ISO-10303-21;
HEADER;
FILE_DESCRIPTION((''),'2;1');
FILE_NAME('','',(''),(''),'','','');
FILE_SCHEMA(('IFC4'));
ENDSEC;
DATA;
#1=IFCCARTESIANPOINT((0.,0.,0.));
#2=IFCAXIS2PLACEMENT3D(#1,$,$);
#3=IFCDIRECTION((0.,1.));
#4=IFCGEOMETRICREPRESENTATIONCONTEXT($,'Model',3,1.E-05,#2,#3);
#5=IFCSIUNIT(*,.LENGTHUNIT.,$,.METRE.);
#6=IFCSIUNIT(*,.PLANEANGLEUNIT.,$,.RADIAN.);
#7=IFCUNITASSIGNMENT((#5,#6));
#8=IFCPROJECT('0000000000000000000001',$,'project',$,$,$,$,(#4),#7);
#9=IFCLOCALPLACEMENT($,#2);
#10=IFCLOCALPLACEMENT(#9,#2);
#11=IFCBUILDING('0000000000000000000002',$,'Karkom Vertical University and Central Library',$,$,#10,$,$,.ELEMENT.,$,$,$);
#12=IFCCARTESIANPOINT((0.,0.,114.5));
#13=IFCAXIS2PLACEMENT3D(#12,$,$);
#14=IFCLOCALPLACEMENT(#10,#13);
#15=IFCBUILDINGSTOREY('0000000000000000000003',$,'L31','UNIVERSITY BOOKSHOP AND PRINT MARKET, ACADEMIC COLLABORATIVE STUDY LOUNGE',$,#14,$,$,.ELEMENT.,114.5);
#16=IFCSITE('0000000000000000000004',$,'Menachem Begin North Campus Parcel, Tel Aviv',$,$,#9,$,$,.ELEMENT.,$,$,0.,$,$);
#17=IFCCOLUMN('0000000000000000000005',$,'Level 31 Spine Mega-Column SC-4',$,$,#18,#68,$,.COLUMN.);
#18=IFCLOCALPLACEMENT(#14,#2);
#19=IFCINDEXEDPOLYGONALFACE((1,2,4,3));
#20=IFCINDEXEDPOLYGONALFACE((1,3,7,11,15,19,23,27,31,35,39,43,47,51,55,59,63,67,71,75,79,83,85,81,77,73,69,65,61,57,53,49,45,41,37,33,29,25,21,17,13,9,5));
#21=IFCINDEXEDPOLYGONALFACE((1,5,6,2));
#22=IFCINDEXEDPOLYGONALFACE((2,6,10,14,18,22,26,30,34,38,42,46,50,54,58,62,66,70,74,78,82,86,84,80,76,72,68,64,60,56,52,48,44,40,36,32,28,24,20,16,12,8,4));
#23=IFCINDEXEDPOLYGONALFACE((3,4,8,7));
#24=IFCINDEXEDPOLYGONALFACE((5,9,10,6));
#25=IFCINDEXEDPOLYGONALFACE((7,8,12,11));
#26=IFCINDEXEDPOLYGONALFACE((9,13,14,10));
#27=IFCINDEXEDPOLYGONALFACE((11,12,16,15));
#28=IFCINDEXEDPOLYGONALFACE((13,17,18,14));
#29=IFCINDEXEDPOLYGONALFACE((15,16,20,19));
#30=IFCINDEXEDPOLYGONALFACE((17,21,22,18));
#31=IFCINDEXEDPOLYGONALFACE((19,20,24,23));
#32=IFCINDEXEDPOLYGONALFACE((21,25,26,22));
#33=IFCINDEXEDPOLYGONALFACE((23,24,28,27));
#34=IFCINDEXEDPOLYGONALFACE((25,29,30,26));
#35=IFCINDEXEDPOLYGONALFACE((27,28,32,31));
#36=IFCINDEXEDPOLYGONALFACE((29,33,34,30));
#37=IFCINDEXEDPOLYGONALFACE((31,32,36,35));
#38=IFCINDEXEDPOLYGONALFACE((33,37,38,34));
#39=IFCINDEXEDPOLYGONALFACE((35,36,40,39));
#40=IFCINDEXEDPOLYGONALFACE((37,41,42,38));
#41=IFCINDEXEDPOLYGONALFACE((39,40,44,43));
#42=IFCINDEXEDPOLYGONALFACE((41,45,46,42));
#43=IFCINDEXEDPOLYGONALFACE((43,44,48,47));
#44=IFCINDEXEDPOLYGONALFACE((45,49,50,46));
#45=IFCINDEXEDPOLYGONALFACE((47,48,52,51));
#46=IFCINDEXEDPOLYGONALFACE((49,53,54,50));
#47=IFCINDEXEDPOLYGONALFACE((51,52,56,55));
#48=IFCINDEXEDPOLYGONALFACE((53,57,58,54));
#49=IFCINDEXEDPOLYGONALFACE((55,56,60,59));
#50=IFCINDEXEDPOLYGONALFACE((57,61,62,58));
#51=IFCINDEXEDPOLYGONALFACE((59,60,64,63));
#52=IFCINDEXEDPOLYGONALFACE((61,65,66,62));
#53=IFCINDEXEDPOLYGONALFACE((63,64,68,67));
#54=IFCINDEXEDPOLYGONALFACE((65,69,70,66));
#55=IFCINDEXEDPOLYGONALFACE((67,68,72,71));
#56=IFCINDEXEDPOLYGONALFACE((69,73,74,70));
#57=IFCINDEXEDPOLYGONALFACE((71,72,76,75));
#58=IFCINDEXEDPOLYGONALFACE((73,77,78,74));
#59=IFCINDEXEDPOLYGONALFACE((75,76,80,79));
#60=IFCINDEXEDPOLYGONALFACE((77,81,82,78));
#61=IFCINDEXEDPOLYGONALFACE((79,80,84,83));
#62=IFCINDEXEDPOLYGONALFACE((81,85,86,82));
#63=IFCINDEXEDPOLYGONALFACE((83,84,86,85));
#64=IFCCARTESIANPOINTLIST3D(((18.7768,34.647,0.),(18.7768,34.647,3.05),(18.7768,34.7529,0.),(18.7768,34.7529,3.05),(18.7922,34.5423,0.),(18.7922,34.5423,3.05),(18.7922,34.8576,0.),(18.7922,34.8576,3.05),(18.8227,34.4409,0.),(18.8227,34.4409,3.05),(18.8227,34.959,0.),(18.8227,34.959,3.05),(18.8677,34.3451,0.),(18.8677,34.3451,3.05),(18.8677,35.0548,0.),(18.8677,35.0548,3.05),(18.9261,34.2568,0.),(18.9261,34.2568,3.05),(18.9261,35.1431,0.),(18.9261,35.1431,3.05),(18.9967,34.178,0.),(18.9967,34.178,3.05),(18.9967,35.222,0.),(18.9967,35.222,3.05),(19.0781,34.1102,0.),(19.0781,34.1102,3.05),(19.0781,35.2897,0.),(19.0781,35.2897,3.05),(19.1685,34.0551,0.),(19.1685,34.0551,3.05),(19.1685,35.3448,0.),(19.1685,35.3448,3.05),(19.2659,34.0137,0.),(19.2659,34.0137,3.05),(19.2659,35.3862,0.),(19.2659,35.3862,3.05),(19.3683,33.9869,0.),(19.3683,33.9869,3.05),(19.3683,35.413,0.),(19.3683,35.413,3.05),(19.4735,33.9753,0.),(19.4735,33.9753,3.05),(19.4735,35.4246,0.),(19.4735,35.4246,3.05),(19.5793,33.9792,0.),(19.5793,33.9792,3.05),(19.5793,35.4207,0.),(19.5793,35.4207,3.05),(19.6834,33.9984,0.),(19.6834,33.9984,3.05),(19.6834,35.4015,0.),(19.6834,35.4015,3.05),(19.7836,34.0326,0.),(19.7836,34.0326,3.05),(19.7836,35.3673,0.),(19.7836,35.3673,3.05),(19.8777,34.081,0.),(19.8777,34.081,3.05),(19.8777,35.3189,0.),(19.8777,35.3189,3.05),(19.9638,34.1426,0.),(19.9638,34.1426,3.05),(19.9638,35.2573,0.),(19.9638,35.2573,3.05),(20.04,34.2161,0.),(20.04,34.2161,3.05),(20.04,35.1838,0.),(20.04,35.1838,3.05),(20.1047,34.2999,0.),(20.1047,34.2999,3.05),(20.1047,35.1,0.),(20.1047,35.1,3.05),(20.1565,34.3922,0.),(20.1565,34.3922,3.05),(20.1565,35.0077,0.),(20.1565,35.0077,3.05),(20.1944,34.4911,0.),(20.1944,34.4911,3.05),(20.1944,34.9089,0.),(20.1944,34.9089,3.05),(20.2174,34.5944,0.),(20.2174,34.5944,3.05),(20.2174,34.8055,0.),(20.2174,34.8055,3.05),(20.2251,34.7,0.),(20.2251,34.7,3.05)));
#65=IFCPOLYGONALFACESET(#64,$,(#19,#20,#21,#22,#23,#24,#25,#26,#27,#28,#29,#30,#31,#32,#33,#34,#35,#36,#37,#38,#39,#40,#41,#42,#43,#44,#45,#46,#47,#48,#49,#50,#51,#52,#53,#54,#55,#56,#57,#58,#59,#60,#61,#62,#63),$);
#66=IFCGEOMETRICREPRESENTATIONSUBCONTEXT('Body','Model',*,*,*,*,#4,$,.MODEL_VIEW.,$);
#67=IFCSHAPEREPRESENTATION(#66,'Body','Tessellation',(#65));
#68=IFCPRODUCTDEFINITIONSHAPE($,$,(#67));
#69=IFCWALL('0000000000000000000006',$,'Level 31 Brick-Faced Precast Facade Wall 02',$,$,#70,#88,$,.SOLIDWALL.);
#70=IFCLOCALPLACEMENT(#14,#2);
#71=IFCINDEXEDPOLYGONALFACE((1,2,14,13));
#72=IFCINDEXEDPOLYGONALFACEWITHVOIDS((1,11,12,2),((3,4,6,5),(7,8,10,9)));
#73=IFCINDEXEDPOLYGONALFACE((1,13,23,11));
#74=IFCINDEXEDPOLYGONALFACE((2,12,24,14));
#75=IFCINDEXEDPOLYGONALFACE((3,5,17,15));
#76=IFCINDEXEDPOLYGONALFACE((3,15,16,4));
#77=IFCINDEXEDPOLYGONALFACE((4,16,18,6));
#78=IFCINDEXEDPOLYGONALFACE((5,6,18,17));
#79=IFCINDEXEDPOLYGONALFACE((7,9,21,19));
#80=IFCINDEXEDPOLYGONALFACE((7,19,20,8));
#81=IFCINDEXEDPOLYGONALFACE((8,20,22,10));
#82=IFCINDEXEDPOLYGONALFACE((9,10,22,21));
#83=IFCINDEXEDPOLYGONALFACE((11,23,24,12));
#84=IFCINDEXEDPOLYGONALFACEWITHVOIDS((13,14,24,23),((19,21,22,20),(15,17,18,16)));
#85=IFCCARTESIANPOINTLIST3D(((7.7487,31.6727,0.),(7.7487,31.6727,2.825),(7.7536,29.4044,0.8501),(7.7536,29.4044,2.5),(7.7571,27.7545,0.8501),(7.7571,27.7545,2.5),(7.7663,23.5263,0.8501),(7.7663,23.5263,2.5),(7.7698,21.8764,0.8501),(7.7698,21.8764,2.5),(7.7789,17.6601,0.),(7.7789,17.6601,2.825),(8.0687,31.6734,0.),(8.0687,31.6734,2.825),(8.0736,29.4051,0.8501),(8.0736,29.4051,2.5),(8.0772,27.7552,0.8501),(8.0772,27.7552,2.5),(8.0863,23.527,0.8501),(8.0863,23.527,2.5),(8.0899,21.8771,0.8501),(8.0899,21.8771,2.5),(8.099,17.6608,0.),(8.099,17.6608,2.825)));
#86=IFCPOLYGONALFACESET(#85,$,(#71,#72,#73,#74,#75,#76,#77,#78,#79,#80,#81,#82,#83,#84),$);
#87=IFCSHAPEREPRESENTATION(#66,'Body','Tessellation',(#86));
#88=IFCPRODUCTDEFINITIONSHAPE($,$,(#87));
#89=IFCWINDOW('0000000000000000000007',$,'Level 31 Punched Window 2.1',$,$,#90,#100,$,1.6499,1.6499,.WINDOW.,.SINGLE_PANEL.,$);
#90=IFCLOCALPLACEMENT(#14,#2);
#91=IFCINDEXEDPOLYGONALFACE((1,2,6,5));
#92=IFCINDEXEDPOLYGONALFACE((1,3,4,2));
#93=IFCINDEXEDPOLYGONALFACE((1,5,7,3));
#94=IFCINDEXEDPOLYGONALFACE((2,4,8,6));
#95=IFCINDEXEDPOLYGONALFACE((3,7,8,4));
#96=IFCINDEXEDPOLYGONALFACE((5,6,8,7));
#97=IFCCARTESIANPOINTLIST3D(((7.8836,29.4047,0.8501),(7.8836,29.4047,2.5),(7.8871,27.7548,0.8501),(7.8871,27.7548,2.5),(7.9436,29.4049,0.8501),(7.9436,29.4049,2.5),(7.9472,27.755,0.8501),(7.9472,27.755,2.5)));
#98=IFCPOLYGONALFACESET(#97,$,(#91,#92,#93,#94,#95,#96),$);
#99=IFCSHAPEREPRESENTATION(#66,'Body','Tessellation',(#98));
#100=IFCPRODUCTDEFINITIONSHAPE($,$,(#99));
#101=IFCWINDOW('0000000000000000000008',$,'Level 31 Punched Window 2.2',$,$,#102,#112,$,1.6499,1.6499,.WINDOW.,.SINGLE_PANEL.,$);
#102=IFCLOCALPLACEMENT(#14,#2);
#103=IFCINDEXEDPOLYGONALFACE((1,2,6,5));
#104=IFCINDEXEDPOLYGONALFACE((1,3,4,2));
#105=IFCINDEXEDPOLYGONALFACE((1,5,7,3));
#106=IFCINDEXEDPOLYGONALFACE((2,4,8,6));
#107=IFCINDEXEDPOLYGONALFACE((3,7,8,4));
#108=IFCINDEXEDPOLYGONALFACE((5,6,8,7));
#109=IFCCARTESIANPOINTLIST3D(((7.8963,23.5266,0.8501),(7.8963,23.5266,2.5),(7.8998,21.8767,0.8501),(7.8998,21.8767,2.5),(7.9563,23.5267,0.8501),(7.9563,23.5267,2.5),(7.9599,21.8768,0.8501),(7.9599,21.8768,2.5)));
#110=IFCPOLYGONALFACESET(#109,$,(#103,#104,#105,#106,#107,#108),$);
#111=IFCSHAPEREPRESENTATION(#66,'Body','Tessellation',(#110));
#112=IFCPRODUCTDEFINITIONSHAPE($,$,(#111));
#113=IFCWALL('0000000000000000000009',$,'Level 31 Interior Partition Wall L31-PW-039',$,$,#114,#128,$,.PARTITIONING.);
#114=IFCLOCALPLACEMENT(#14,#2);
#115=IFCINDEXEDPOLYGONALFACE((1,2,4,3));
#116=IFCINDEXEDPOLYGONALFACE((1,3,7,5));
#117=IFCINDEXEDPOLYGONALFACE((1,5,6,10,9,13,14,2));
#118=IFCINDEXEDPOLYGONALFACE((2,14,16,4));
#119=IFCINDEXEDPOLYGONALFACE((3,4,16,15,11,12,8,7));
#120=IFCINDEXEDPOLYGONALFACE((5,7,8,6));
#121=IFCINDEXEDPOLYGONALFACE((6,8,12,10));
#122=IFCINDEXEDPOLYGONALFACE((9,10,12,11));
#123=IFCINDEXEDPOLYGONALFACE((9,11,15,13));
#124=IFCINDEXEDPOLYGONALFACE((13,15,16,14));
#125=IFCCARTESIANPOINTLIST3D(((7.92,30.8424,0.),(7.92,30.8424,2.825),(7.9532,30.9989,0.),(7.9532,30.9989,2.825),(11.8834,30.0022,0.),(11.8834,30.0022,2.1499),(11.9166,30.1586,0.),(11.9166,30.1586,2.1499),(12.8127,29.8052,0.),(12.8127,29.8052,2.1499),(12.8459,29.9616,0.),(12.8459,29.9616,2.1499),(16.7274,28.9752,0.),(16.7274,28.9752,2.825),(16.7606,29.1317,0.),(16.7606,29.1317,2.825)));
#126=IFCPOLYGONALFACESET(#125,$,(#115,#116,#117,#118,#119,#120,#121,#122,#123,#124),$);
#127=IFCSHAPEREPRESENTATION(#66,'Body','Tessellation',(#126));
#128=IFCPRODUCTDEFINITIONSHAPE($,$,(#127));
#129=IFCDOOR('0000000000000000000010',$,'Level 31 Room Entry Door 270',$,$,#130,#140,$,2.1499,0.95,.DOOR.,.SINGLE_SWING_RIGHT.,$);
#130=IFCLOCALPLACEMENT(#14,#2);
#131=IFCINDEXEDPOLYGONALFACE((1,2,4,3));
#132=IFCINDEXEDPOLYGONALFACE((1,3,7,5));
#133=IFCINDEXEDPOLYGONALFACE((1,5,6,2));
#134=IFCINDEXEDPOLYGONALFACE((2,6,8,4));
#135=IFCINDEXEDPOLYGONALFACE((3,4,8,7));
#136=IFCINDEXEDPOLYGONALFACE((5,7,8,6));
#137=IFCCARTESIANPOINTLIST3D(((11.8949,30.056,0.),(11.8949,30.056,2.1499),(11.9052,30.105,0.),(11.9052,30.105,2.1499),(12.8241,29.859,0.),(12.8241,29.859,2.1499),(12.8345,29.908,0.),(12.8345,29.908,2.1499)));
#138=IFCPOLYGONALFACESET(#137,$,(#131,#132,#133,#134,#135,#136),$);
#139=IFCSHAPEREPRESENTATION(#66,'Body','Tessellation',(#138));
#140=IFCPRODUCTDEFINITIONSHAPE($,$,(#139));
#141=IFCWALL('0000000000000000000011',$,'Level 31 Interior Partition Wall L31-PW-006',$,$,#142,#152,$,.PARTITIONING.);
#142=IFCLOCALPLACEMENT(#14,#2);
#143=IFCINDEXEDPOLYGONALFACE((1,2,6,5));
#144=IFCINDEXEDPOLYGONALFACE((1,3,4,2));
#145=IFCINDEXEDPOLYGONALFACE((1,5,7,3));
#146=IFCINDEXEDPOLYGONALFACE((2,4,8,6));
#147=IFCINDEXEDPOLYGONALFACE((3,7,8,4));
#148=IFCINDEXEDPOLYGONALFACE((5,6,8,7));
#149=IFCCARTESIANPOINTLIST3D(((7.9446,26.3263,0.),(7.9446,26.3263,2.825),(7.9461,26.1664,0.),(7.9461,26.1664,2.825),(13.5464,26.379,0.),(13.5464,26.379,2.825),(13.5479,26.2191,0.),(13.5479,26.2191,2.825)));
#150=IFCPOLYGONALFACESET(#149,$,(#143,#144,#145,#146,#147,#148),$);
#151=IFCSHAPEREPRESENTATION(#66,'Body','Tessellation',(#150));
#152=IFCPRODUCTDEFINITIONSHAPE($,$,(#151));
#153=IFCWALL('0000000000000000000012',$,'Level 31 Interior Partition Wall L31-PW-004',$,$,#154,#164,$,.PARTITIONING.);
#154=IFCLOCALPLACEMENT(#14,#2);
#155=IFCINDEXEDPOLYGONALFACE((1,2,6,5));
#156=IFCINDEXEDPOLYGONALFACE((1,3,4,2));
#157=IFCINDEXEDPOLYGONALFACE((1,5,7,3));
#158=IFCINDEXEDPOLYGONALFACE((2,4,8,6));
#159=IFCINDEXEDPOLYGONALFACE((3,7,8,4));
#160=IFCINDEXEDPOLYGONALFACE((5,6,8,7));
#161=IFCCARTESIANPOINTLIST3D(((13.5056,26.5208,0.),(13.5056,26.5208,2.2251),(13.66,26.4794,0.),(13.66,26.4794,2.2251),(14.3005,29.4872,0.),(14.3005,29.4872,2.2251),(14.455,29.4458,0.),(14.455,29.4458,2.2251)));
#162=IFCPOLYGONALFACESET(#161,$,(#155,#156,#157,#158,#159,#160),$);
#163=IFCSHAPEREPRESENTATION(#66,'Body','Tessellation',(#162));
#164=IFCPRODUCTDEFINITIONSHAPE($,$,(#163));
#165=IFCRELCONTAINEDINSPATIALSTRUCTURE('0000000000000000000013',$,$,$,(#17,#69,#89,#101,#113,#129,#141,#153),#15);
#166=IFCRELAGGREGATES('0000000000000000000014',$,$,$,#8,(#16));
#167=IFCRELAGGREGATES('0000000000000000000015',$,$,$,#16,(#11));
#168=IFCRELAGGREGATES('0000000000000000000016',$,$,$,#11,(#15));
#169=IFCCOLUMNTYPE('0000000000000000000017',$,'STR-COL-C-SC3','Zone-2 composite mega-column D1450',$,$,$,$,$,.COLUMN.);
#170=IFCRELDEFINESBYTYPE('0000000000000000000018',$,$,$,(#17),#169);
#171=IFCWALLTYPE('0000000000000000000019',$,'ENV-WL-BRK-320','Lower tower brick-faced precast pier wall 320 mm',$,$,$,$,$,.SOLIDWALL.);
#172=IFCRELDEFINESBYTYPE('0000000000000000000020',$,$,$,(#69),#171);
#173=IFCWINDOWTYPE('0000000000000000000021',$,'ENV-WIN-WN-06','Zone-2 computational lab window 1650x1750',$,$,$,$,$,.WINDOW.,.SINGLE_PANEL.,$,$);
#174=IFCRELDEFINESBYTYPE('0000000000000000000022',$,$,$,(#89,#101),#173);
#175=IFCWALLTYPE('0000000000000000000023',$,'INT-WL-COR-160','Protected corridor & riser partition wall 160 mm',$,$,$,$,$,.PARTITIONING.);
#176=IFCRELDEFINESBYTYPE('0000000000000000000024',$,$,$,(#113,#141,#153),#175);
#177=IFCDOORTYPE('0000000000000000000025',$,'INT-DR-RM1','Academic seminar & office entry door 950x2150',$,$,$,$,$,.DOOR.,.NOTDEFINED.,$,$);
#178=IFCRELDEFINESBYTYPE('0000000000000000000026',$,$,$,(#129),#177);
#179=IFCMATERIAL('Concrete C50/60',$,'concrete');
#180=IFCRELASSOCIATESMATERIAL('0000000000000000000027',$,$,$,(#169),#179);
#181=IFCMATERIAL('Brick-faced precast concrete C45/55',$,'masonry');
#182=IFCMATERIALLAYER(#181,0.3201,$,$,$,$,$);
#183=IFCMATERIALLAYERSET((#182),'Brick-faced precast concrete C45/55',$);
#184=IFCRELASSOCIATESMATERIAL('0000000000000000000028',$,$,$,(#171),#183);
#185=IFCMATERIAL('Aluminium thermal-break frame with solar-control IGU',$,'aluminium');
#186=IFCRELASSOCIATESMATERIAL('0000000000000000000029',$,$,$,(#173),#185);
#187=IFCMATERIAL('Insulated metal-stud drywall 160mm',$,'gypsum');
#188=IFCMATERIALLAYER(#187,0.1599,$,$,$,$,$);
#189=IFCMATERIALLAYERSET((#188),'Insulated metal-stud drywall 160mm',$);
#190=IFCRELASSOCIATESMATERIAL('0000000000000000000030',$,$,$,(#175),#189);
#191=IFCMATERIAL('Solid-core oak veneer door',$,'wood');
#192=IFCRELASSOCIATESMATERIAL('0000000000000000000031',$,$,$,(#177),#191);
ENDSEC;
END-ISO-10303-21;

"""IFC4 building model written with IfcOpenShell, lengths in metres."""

from ifc_helpers import new_model, si_unit, direction, frame, frame_2d, origin, origin_with_axes, origin_2d, place, context, subcontext, project, spatial, rectangle, circle, extrude, source, transform, mapped, material, layer, layer_set, material_profile, profile_set, type_object, element, fill, save


model = new_model("IFC4")

# Units and contexts
model_context = context("Model", 3, precision=1e-05, world=origin(), true_north=direction((0.0, 1.0)))
body_context = subcontext(model_context, "Body", "Model", "MODEL_VIEW")
ifc_project = project(units=[si_unit("LENGTHUNIT", "METRE"), si_unit("PLANEANGLEUNIT", "RADIAN")], contexts=[model_context])

# Site, building, storey
site_placement = place(None, origin())
site = spatial("IfcSite", under=ifc_project, at=site_placement, Name="Menachem Begin North Campus Parcel, Tel Aviv", CompositionType="ELEMENT", RefElevation=0.0)
building_placement = place(site_placement, origin())
building = spatial("IfcBuilding", under=site, at=building_placement, Name="Karkom Vertical University and Central Library", CompositionType="ELEMENT")
storey_placement = place(building_placement, frame((0.0, 0.0, 114.5)))
storey = spatial("IfcBuildingStorey", under=building, at=storey_placement, Name="L31", Description="UNIVERSITY BOOKSHOP AND PRINT MARKET, ACADEMIC COLLABORATIVE STUDY LOUNGE", CompositionType="ELEMENT", Elevation=114.5)

# Column
ifc_material_1 = material(Name="Concrete C50/60", Category="concrete")
ifc_material_profile = material_profile(ifc_material_1, circle(Radius=0.7251, at=origin_2d()), Name="CFT-D1450")
ifc_profile_set = profile_set([ifc_material_profile], Name="Concrete C50/60")
column_type = type_object("IfcColumnType", Name="STR-COL-C-SC3", Description="Zone-2 composite mega-column D1450", PredefinedType="COLUMN", material=ifc_profile_set)
shared_shape_1 = source(origin_with_axes(), body_context, "Body", "SweptSolid", [
    extrude(circle(Radius=0.7251, at=origin_2d()), origin(), (0.0, 0.0, 1.0), 3.05),
])
column_placement = place(storey_placement, frame((19.5, 34.7, 0.0), z_axis=(0.0, 0.0, 1.0), x_axis=(1.0, 0.0, 0.0)))
element("IfcColumn", 1, at=column_placement, inside=storey, type_object=column_type, Name="Level 31 Spine Mega-Column SC-4", PredefinedType="COLUMN", context=body_context, shape_type="MappedRepresentation", body=[
    mapped(shared_shape_1, transform((0.0, 0.0, 0.0), scale=1.0)),
])

# Wall, openings, windows
ifc_material_2 = material(Name="Brick-faced precast concrete C45/55", Category="masonry")
ifc_layer_1 = layer(ifc_material_2, 0.3201)
ifc_layer_set_1 = layer_set([ifc_layer_1], Name="Brick-faced precast concrete C45/55")
wall_type_1 = type_object("IfcWallType", Name="ENV-WL-BRK-320", Description="Lower tower brick-faced precast pier wall 320 mm", PredefinedType="SOLIDWALL", material=ifc_layer_set_1)
wall_1_placement = place(storey_placement, frame((7.9087, 31.6731, 0.0), z_axis=(0.0, 0.0, 1.0), x_axis=(0.00216, -0.999998, 0.0)))
wall_1 = element("IfcWall", 2, at=wall_1_placement, inside=storey, type_object=wall_type_1, Name="Level 31 Brick-Faced Precast Facade Wall 02", PredefinedType="SOLIDWALL", context=body_context, shape_type="SweptSolid", body=[
    extrude(rectangle(XDim=14.0127, YDim=0.3201, at=frame_2d((7.0063, 0.0))), origin(), (0.0, 0.0, 1.0), 2.825),
])
opening_1_placement = place(wall_1_placement, frame((2.2683, 0.0, 0.8501)))
opening_1 = element("IfcOpeningElement", 3, at=opening_1_placement, cuts=wall_1, PredefinedType="OPENING", context=body_context, shape_type="SweptSolid", body=[
    extrude(rectangle(XDim=1.6499, YDim=1.6499, at=frame_2d((0.825, 0.825))), frame((0.0, 0.1699, 0.0), z_axis=(0.0, -1.0, 0.0), x_axis=(1.0, 0.0, 0.0)), (0.0, 0.0, 1.0), 0.3401),
])
opening_2_placement = place(wall_1_placement, frame((8.1465, 0.0, 0.8501)))
opening_2 = element("IfcOpeningElement", 4, at=opening_2_placement, cuts=wall_1, PredefinedType="OPENING", context=body_context, shape_type="SweptSolid", body=[
    extrude(rectangle(XDim=1.6499, YDim=1.6499, at=frame_2d((0.825, 0.825))), frame((0.0, 0.1699, 0.0), z_axis=(0.0, -1.0, 0.0), x_axis=(1.0, 0.0, 0.0)), (0.0, 0.0, 1.0), 0.3401),
])
ifc_material_3 = material(Name="Aluminium thermal-break frame with solar-control IGU", Category="aluminium")
window_type = type_object("IfcWindowType", Name="ENV-WIN-WN-06", Description="Zone-2 computational lab window 1650x1750", PartitioningType="SINGLE_PANEL", PredefinedType="WINDOW", material=ifc_material_3)
shared_shape_2 = source(origin_with_axes(), body_context, "Body", "SweptSolid", [
    extrude(rectangle(XDim=1.6499, YDim=1.6499, at=frame_2d((0.825, 0.825))), frame((0.0, 0.03, 0.0), z_axis=(0.0, -1.0, 0.0), x_axis=(1.0, 0.0, 0.0)), (0.0, 0.0, 1.0), 0.0601),
])
window_1_placement = place(opening_1_placement, origin())
window_1 = element("IfcWindow", 5, at=window_1_placement, inside=storey, type_object=window_type, Name="Level 31 Punched Window 2.1", OverallHeight=1.6499, OverallWidth=1.6499, PartitioningType="SINGLE_PANEL", PredefinedType="WINDOW", context=body_context, shape_type="MappedRepresentation", body=[
    mapped(shared_shape_2, transform((0.0, 0.0, 0.0), scale=1.0)),
])
fill(opening_1, window_1)
window_2_placement = place(opening_2_placement, origin())
window_2 = element("IfcWindow", 6, at=window_2_placement, inside=storey, type_object=window_type, Name="Level 31 Punched Window 2.2", OverallHeight=1.6499, OverallWidth=1.6499, PartitioningType="SINGLE_PANEL", PredefinedType="WINDOW", context=body_context, shape_type="MappedRepresentation", body=[
    mapped(shared_shape_2, transform((0.0, 0.0, 0.0), scale=1.0)),
])
fill(opening_2, window_2)

# Wall, opening, door
ifc_material_4 = material(Name="Insulated metal-stud drywall 160mm", Category="gypsum")
ifc_layer_2 = layer(ifc_material_4, 0.1599)
ifc_layer_set_2 = layer_set([ifc_layer_2], Name="Insulated metal-stud drywall 160mm")
wall_type_2 = type_object("IfcWallType", Name="INT-WL-COR-160", Description="Protected corridor & riser partition wall 160 mm", PredefinedType="PARTITIONING", material=ifc_layer_set_2)
wall_2_placement = place(storey_placement, frame((16.7439, 29.0535, 0.0), z_axis=(0.0, 0.0, 1.0), x_axis=(-0.978258, 0.207393, 0.0)))
wall_2 = element("IfcWall", 7, at=wall_2_placement, inside=storey, type_object=wall_type_2, Name="Level 31 Interior Partition Wall L31-PW-039", PredefinedType="PARTITIONING", context=body_context, shape_type="SweptSolid", body=[
    extrude(rectangle(XDim=9.0032, YDim=0.1599, at=frame_2d((4.5015, 0.0))), origin(), (0.0, 0.0, 1.0), 2.825),
])
opening_3_placement = place(wall_2_placement, frame((4.0015, 0.0, 0.0)))
opening_3 = element("IfcOpeningElement", 8, at=opening_3_placement, cuts=wall_2, PredefinedType="OPENING", context=body_context, shape_type="SweptSolid", body=[
    extrude(rectangle(XDim=0.95, YDim=2.1499, at=frame_2d((0.4751, 1.075))), frame((0.0, 0.0898, 0.0), z_axis=(0.0, -1.0, 0.0), x_axis=(1.0, 0.0, 0.0)), (0.0, 0.0, 1.0), 0.1799),
])
ifc_material_5 = material(Name="Solid-core oak veneer door", Category="wood")
door_type_1 = type_object("IfcDoorType", Name="INT-DR-RM1", Description="Academic seminar & office entry door 950x2150", OperationType="NOTDEFINED", PredefinedType="DOOR", material=ifc_material_5)
shared_shape_3 = source(origin_with_axes(), body_context, "Body", "SweptSolid", [
    extrude(rectangle(XDim=0.95, YDim=2.1499, at=frame_2d((0.4751, 1.075))), frame((0.0, 0.0249, 0.0), z_axis=(0.0, -1.0, 0.0), x_axis=(1.0, 0.0, 0.0)), (0.0, 0.0, 1.0), 0.05),
])
door_1_placement = place(opening_3_placement, origin())
door_1 = element("IfcDoor", 9, at=door_1_placement, inside=storey, type_object=door_type_1, Name="Level 31 Room Entry Door 270", OperationType="SINGLE_SWING_RIGHT", OverallHeight=2.1499, OverallWidth=0.95, PredefinedType="DOOR", context=body_context, shape_type="MappedRepresentation", body=[
    mapped(shared_shape_3, transform((0.0, 0.0, 0.0), scale=1.0)),
])
fill(opening_3, door_1)

# Walls
wall_3_placement = place(storey_placement, frame((7.9453, 26.2463, 0.0), z_axis=(0.0, 0.0, 1.0), x_axis=(0.999956, 0.009413, 0.0)))
element("IfcWall", 10, at=wall_3_placement, inside=storey, type_object=wall_type_2, Name="Level 31 Interior Partition Wall L31-PW-006", PredefinedType="PARTITIONING", context=body_context, shape_type="SweptSolid", body=[
    extrude(rectangle(XDim=5.6021, YDim=0.1599, at=frame_2d((2.801, 0.0))), origin(), (0.0, 0.0, 1.0), 2.825),
])
wall_4_placement = place(storey_placement, frame((13.5828, 26.5, 0.0), z_axis=(0.0, 0.0, 1.0), x_axis=(0.25885, 0.965918, 0.0)))
element("IfcWall", 11, at=wall_4_placement, inside=storey, type_object=wall_type_2, Name="Level 31 Interior Partition Wall L31-PW-004", PredefinedType="PARTITIONING", context=body_context, shape_type="SweptSolid", body=[
    extrude(rectangle(XDim=3.071, YDim=0.1599, at=frame_2d((1.5356, 0.0))), origin(), (0.0, 0.0, 1.0), 2.2251),
])

save(model, "model.ifc")
